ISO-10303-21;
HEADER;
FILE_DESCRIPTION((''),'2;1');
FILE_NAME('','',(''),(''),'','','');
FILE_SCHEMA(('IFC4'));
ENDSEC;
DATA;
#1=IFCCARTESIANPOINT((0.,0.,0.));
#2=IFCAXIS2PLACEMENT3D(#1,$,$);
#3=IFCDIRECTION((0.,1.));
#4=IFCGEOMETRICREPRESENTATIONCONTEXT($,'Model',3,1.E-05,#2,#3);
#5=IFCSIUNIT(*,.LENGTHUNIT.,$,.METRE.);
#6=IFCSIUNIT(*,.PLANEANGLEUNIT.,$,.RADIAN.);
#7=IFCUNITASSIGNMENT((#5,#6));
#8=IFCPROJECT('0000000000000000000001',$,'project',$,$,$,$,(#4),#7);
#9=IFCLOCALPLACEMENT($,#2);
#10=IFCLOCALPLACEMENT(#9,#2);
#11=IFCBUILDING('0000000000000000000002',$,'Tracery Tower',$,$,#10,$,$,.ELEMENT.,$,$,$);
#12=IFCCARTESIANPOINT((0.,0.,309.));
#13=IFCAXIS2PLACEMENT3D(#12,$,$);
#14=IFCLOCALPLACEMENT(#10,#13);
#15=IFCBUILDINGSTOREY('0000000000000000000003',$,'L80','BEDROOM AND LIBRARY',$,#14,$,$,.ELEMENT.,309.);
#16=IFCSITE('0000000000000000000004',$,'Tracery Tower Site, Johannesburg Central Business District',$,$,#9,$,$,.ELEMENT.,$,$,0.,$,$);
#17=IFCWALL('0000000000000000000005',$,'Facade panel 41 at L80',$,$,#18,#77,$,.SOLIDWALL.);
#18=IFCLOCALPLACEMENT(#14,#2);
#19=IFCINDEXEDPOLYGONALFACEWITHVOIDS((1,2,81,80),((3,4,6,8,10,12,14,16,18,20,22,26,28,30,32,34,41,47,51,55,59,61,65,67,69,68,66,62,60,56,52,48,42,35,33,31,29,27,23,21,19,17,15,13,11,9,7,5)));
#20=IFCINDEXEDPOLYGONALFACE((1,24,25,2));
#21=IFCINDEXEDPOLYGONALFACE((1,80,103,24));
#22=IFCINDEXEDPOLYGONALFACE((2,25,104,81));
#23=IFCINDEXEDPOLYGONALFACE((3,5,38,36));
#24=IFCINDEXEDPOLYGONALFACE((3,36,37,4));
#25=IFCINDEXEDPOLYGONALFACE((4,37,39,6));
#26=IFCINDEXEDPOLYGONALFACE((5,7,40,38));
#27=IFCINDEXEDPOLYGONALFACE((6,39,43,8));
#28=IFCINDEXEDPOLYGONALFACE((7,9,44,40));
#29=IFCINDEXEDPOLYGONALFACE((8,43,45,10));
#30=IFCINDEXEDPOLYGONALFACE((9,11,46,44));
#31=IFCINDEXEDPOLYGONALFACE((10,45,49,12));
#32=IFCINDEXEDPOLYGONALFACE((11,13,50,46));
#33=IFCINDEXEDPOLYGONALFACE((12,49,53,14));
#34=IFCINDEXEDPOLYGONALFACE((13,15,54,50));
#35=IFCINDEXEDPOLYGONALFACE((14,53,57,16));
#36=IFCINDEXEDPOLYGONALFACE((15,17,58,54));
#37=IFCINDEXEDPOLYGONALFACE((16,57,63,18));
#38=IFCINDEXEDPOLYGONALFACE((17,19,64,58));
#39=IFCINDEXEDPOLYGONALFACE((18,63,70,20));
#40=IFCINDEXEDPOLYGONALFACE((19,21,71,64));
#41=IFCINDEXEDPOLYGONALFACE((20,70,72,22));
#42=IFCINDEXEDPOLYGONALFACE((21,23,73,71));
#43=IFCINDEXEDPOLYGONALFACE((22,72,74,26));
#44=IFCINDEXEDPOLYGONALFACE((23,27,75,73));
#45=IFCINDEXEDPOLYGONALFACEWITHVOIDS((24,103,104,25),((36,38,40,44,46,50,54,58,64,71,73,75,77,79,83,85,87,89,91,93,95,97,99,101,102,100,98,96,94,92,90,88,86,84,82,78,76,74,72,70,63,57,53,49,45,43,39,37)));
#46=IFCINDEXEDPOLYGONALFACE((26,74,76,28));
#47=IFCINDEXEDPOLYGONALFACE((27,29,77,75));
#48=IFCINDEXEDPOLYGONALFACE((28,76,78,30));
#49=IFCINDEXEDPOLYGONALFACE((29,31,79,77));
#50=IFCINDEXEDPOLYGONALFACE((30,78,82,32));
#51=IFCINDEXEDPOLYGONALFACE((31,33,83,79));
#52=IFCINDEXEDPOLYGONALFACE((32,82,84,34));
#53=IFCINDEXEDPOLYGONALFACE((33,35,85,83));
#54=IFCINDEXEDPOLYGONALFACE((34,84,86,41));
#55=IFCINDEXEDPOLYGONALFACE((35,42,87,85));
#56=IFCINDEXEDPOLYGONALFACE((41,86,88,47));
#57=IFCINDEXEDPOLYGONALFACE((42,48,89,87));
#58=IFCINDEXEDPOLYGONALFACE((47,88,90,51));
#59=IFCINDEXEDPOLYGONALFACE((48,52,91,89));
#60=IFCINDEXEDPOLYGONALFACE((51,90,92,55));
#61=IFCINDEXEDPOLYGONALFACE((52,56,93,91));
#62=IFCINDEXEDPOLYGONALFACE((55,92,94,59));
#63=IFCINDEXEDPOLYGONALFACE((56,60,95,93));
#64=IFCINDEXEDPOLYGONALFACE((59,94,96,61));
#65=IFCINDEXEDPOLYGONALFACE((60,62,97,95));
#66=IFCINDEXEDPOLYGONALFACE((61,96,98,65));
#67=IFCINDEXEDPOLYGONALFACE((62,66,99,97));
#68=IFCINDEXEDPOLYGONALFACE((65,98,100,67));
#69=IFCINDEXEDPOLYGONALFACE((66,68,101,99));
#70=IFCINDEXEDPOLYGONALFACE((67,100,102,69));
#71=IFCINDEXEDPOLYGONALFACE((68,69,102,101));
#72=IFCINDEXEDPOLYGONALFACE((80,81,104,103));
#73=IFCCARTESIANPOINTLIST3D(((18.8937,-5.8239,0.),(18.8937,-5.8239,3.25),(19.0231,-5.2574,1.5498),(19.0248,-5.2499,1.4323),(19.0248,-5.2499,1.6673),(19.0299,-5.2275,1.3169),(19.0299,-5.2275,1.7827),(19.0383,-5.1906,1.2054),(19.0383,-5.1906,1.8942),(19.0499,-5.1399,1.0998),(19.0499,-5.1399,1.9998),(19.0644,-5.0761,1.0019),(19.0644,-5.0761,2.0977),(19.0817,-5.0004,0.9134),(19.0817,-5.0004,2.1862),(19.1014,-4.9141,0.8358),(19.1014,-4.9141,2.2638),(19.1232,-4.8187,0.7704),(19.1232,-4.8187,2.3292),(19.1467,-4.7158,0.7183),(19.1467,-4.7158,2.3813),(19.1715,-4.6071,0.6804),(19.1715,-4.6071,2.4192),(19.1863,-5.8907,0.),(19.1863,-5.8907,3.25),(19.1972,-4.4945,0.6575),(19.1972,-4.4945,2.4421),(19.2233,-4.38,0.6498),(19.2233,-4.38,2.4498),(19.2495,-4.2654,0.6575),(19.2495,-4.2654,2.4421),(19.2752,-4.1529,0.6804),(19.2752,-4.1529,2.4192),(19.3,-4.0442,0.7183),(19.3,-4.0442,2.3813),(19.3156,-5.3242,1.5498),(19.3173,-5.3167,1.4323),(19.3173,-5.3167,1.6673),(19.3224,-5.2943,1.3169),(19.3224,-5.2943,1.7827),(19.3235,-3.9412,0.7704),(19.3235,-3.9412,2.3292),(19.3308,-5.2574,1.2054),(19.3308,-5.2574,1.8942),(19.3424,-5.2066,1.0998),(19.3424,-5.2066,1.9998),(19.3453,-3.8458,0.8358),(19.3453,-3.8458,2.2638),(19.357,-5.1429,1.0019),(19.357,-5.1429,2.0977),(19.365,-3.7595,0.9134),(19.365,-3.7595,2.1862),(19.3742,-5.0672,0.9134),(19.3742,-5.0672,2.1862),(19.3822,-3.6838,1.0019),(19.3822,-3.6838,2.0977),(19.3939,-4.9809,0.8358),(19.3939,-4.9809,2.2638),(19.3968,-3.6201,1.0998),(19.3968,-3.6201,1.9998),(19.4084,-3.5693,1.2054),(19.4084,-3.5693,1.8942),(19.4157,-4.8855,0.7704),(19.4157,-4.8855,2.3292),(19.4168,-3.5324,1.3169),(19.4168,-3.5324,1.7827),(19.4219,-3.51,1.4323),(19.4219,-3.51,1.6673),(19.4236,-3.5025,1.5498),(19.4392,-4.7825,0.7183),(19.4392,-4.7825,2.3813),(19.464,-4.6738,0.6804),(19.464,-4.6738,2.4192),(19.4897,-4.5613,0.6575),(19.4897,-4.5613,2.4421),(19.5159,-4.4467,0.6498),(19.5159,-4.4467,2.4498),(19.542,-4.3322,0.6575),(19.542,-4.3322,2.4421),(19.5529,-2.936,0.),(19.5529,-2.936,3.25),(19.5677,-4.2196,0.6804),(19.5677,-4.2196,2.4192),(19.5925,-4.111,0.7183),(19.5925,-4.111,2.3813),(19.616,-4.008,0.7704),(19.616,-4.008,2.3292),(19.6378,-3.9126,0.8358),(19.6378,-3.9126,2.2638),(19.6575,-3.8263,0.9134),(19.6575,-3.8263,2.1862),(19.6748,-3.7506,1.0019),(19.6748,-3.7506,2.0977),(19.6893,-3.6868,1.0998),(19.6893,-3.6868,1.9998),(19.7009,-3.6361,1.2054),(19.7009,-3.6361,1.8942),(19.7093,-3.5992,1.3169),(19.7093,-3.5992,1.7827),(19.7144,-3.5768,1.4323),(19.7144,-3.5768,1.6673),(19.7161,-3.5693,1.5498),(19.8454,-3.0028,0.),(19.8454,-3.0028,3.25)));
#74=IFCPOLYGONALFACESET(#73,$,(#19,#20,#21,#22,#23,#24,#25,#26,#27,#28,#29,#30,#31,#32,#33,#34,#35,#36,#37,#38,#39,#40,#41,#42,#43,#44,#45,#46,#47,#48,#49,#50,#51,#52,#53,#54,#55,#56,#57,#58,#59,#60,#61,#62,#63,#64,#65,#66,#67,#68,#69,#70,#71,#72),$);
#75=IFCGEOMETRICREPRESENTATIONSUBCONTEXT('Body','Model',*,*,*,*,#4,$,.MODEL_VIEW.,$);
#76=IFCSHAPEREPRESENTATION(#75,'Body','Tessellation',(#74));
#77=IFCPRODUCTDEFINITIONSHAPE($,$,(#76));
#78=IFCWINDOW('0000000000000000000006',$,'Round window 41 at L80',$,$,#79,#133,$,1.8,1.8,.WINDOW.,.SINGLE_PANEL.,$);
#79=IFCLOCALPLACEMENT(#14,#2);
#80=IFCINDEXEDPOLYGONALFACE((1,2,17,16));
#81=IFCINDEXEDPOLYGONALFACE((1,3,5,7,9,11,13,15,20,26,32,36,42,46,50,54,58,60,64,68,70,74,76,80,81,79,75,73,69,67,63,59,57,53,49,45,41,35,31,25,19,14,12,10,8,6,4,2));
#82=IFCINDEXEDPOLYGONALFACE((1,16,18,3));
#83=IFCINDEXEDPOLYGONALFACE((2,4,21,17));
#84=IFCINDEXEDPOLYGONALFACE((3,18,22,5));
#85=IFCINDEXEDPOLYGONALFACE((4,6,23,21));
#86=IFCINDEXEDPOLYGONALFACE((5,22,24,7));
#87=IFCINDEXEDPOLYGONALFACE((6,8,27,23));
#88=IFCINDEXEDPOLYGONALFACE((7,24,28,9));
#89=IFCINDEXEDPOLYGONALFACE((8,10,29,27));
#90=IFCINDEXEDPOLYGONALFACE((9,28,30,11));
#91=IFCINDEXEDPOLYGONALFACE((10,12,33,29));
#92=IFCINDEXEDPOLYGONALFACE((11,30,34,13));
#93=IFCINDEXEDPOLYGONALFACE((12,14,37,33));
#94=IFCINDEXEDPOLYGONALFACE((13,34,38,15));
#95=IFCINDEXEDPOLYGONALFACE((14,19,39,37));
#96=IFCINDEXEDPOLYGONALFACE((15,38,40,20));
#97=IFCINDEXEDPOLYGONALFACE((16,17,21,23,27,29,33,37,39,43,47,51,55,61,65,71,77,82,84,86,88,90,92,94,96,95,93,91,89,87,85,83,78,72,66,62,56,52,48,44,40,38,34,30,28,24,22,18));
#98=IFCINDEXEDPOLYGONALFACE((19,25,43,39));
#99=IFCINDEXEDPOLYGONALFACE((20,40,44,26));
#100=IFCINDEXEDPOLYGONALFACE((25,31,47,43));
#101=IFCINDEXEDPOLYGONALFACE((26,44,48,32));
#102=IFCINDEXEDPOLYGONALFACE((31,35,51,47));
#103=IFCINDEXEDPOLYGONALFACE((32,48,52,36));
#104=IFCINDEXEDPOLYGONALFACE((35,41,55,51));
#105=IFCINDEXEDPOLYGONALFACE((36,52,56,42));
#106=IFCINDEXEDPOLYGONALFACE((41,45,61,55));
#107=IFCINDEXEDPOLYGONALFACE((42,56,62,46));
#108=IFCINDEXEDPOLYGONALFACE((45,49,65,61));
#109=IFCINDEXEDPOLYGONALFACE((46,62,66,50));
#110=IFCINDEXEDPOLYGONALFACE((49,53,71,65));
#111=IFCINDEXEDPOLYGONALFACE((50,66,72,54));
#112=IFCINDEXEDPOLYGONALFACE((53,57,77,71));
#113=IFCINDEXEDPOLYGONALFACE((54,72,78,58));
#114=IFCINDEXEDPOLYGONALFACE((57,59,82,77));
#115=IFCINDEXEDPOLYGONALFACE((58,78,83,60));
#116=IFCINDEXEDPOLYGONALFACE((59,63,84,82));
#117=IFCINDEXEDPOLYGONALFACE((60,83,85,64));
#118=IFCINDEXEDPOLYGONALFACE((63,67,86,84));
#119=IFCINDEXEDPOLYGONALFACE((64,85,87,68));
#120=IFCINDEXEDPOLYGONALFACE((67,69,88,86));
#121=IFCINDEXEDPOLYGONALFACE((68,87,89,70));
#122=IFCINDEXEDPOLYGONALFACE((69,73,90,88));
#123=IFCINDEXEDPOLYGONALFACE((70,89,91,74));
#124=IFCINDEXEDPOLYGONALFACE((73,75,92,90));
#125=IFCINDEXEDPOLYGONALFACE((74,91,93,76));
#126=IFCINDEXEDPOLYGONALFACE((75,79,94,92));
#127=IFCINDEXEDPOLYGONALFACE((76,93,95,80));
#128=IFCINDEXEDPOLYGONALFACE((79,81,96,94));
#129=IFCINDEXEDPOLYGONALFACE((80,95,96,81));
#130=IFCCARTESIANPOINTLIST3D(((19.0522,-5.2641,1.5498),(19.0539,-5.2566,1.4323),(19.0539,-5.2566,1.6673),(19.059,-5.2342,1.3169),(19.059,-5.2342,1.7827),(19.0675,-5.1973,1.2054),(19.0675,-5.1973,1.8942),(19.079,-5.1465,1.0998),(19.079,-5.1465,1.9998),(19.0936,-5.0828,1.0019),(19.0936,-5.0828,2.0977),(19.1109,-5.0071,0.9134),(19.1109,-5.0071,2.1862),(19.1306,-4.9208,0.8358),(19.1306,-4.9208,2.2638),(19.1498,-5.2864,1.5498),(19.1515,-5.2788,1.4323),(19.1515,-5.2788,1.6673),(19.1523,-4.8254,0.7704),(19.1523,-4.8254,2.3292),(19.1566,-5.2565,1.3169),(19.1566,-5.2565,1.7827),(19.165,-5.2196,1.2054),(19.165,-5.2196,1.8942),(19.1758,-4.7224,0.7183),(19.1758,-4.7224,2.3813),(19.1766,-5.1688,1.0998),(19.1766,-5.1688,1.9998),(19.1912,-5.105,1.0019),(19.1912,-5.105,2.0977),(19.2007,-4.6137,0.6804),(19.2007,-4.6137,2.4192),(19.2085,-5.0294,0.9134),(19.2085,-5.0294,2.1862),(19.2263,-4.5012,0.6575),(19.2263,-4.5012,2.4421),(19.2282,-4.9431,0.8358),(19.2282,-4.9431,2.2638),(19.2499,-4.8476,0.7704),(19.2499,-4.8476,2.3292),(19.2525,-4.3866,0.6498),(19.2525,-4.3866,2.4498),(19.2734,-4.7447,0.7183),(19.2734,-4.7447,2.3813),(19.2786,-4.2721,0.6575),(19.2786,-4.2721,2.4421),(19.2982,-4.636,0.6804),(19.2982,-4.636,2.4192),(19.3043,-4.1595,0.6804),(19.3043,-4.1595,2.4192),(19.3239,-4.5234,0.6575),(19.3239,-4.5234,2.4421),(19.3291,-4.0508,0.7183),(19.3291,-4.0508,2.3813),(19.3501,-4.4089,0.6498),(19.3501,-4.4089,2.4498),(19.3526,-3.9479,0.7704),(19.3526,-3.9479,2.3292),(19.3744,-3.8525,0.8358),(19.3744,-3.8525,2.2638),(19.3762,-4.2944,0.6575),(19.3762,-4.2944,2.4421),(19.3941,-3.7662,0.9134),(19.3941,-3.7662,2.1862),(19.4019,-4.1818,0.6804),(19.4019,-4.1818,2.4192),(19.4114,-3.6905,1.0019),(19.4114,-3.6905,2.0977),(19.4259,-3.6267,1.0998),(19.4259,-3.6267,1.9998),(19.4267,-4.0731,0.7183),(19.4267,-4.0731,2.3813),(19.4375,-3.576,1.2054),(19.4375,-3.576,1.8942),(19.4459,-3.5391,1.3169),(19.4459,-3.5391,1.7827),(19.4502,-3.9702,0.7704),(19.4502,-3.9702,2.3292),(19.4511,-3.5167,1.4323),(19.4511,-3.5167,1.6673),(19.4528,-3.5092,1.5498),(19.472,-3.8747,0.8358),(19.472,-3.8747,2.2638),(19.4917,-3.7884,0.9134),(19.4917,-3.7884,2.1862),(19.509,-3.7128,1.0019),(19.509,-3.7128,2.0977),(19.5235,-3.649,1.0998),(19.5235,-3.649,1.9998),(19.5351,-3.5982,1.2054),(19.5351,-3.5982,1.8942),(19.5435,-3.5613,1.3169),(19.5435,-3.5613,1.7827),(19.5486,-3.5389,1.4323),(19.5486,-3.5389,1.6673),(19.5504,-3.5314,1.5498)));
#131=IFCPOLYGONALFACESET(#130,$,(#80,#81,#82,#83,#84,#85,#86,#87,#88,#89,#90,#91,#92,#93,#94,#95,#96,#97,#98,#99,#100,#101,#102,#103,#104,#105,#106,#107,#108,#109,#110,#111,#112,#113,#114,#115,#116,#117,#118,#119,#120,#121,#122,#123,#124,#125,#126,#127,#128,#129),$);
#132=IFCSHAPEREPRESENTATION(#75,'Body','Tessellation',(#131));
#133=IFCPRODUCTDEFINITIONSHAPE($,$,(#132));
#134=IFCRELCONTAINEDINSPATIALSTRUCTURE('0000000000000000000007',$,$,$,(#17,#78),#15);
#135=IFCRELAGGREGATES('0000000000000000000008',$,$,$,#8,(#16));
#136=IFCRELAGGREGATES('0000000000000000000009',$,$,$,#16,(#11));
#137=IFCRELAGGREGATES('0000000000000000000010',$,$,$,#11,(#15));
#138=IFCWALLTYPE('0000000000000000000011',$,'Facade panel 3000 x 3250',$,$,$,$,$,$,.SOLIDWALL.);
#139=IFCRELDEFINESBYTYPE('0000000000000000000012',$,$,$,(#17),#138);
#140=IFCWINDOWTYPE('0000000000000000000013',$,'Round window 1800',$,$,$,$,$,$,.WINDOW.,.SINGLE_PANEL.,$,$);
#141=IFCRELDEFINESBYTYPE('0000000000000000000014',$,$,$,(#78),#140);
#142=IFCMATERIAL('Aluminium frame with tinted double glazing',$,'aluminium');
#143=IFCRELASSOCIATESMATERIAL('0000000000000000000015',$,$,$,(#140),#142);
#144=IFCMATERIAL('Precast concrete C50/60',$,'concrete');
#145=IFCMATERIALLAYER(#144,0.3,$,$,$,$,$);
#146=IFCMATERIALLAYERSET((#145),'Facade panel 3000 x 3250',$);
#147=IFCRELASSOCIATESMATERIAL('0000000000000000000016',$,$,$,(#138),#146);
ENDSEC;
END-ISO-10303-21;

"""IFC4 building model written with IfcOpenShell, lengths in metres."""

from ifc_helpers import new_model, si_unit, direction, frame, frame_2d, origin, origin_2d, place, context, subcontext, project, spatial, rectangle, circle, extrude, material, layer, layer_set, type_object, element, fill, save


model = new_model("IFC4")

# Units and contexts
model_context = context("Model", 3, precision=1e-05, world=origin(), true_north=direction((0.0, 1.0)))
body_context = subcontext(model_context, "Body", "Model", "MODEL_VIEW")
ifc_project = project(units=[si_unit("LENGTHUNIT", "METRE"), si_unit("PLANEANGLEUNIT", "RADIAN")], contexts=[model_context])

# Site, building, storey
site_placement = place(None, origin())
site = spatial("IfcSite", under=ifc_project, at=site_placement, Name="Tracery Tower Site, Johannesburg Central Business District", CompositionType="ELEMENT", RefElevation=0.0)
building_placement = place(site_placement, origin())
building = spatial("IfcBuilding", under=site, at=building_placement, Name="Tracery Tower", CompositionType="ELEMENT")
storey_placement = place(building_placement, frame((0.0, 0.0, 309.0)))
storey = spatial("IfcBuildingStorey", under=building, at=storey_placement, Name="L80", Description="BEDROOM AND LIBRARY", CompositionType="ELEMENT", Elevation=309.0)

# Wall, opening, window
ifc_material_1 = material(Name="Aluminium frame with tinted double glazing", Category="aluminium")
window_type = type_object("IfcWindowType", Name="Round window 1800", PartitioningType="SINGLE_PANEL", PredefinedType="WINDOW", material=ifc_material_1)
ifc_material_2 = material(Name="Precast concrete C50/60", Category="concrete")
ifc_layer_1 = layer(ifc_material_2, 0.3)
ifc_layer_set_1 = layer_set([ifc_layer_1], Name="Facade panel 3000 x 3250")
wall_type_1 = type_object("IfcWallType", Name="Facade panel 3000 x 3250", PredefinedType="SOLIDWALL", material=ifc_layer_set_1)
wall_1_placement = place(storey_placement, frame((19.04, -5.8572, 0.0), z_axis=(0.0, 0.0, 1.0), x_axis=(0.222529, 0.974926, 0.0)))
wall_1 = element("IfcWall", 1, at=wall_1_placement, inside=storey, type_object=wall_type_1, Name="Facade panel 41 at L80", PredefinedType="SOLIDWALL", context=body_context, shape_type="SweptSolid", body=[
    extrude(rectangle(XDim=2.9622, YDim=0.3, at=frame_2d((1.481, 0.0))), origin(), (0.0, 0.0, 1.0), 3.25),
])
opening_1_placement = place(wall_1_placement, frame((1.481, 0.0, 1.5498)))
opening_1 = element("IfcOpeningElement", 2, at=opening_1_placement, cuts=wall_1, PredefinedType="OPENING", context=body_context, shape_type="SweptSolid", body=[
    extrude(circle(Radius=0.9, at=origin_2d()), frame((0.0, 0.1599, 0.0), z_axis=(0.0, -1.0, 0.0), x_axis=(1.0, 0.0, 0.0)), (0.0, 0.0, 1.0), 0.3201),
])
window_1_placement = place(opening_1_placement, origin())
window_1 = element("IfcWindow", 3, at=window_1_placement, inside=storey, type_object=window_type, Name="Round window 41 at L80", OverallHeight=1.8, OverallWidth=1.8, PartitioningType="SINGLE_PANEL", PredefinedType="WINDOW", context=body_context, shape_type="SweptSolid", body=[
    extrude(circle(Radius=0.9, at=origin_2d()), frame((0.0, 0.1201, 0.0), z_axis=(0.0, -1.0, 0.0), x_axis=(1.0, 0.0, 0.0)), (0.0, 0.0, 1.0), 0.1001),
])
fill(opening_1, window_1)

save(model, "model.ifc")
